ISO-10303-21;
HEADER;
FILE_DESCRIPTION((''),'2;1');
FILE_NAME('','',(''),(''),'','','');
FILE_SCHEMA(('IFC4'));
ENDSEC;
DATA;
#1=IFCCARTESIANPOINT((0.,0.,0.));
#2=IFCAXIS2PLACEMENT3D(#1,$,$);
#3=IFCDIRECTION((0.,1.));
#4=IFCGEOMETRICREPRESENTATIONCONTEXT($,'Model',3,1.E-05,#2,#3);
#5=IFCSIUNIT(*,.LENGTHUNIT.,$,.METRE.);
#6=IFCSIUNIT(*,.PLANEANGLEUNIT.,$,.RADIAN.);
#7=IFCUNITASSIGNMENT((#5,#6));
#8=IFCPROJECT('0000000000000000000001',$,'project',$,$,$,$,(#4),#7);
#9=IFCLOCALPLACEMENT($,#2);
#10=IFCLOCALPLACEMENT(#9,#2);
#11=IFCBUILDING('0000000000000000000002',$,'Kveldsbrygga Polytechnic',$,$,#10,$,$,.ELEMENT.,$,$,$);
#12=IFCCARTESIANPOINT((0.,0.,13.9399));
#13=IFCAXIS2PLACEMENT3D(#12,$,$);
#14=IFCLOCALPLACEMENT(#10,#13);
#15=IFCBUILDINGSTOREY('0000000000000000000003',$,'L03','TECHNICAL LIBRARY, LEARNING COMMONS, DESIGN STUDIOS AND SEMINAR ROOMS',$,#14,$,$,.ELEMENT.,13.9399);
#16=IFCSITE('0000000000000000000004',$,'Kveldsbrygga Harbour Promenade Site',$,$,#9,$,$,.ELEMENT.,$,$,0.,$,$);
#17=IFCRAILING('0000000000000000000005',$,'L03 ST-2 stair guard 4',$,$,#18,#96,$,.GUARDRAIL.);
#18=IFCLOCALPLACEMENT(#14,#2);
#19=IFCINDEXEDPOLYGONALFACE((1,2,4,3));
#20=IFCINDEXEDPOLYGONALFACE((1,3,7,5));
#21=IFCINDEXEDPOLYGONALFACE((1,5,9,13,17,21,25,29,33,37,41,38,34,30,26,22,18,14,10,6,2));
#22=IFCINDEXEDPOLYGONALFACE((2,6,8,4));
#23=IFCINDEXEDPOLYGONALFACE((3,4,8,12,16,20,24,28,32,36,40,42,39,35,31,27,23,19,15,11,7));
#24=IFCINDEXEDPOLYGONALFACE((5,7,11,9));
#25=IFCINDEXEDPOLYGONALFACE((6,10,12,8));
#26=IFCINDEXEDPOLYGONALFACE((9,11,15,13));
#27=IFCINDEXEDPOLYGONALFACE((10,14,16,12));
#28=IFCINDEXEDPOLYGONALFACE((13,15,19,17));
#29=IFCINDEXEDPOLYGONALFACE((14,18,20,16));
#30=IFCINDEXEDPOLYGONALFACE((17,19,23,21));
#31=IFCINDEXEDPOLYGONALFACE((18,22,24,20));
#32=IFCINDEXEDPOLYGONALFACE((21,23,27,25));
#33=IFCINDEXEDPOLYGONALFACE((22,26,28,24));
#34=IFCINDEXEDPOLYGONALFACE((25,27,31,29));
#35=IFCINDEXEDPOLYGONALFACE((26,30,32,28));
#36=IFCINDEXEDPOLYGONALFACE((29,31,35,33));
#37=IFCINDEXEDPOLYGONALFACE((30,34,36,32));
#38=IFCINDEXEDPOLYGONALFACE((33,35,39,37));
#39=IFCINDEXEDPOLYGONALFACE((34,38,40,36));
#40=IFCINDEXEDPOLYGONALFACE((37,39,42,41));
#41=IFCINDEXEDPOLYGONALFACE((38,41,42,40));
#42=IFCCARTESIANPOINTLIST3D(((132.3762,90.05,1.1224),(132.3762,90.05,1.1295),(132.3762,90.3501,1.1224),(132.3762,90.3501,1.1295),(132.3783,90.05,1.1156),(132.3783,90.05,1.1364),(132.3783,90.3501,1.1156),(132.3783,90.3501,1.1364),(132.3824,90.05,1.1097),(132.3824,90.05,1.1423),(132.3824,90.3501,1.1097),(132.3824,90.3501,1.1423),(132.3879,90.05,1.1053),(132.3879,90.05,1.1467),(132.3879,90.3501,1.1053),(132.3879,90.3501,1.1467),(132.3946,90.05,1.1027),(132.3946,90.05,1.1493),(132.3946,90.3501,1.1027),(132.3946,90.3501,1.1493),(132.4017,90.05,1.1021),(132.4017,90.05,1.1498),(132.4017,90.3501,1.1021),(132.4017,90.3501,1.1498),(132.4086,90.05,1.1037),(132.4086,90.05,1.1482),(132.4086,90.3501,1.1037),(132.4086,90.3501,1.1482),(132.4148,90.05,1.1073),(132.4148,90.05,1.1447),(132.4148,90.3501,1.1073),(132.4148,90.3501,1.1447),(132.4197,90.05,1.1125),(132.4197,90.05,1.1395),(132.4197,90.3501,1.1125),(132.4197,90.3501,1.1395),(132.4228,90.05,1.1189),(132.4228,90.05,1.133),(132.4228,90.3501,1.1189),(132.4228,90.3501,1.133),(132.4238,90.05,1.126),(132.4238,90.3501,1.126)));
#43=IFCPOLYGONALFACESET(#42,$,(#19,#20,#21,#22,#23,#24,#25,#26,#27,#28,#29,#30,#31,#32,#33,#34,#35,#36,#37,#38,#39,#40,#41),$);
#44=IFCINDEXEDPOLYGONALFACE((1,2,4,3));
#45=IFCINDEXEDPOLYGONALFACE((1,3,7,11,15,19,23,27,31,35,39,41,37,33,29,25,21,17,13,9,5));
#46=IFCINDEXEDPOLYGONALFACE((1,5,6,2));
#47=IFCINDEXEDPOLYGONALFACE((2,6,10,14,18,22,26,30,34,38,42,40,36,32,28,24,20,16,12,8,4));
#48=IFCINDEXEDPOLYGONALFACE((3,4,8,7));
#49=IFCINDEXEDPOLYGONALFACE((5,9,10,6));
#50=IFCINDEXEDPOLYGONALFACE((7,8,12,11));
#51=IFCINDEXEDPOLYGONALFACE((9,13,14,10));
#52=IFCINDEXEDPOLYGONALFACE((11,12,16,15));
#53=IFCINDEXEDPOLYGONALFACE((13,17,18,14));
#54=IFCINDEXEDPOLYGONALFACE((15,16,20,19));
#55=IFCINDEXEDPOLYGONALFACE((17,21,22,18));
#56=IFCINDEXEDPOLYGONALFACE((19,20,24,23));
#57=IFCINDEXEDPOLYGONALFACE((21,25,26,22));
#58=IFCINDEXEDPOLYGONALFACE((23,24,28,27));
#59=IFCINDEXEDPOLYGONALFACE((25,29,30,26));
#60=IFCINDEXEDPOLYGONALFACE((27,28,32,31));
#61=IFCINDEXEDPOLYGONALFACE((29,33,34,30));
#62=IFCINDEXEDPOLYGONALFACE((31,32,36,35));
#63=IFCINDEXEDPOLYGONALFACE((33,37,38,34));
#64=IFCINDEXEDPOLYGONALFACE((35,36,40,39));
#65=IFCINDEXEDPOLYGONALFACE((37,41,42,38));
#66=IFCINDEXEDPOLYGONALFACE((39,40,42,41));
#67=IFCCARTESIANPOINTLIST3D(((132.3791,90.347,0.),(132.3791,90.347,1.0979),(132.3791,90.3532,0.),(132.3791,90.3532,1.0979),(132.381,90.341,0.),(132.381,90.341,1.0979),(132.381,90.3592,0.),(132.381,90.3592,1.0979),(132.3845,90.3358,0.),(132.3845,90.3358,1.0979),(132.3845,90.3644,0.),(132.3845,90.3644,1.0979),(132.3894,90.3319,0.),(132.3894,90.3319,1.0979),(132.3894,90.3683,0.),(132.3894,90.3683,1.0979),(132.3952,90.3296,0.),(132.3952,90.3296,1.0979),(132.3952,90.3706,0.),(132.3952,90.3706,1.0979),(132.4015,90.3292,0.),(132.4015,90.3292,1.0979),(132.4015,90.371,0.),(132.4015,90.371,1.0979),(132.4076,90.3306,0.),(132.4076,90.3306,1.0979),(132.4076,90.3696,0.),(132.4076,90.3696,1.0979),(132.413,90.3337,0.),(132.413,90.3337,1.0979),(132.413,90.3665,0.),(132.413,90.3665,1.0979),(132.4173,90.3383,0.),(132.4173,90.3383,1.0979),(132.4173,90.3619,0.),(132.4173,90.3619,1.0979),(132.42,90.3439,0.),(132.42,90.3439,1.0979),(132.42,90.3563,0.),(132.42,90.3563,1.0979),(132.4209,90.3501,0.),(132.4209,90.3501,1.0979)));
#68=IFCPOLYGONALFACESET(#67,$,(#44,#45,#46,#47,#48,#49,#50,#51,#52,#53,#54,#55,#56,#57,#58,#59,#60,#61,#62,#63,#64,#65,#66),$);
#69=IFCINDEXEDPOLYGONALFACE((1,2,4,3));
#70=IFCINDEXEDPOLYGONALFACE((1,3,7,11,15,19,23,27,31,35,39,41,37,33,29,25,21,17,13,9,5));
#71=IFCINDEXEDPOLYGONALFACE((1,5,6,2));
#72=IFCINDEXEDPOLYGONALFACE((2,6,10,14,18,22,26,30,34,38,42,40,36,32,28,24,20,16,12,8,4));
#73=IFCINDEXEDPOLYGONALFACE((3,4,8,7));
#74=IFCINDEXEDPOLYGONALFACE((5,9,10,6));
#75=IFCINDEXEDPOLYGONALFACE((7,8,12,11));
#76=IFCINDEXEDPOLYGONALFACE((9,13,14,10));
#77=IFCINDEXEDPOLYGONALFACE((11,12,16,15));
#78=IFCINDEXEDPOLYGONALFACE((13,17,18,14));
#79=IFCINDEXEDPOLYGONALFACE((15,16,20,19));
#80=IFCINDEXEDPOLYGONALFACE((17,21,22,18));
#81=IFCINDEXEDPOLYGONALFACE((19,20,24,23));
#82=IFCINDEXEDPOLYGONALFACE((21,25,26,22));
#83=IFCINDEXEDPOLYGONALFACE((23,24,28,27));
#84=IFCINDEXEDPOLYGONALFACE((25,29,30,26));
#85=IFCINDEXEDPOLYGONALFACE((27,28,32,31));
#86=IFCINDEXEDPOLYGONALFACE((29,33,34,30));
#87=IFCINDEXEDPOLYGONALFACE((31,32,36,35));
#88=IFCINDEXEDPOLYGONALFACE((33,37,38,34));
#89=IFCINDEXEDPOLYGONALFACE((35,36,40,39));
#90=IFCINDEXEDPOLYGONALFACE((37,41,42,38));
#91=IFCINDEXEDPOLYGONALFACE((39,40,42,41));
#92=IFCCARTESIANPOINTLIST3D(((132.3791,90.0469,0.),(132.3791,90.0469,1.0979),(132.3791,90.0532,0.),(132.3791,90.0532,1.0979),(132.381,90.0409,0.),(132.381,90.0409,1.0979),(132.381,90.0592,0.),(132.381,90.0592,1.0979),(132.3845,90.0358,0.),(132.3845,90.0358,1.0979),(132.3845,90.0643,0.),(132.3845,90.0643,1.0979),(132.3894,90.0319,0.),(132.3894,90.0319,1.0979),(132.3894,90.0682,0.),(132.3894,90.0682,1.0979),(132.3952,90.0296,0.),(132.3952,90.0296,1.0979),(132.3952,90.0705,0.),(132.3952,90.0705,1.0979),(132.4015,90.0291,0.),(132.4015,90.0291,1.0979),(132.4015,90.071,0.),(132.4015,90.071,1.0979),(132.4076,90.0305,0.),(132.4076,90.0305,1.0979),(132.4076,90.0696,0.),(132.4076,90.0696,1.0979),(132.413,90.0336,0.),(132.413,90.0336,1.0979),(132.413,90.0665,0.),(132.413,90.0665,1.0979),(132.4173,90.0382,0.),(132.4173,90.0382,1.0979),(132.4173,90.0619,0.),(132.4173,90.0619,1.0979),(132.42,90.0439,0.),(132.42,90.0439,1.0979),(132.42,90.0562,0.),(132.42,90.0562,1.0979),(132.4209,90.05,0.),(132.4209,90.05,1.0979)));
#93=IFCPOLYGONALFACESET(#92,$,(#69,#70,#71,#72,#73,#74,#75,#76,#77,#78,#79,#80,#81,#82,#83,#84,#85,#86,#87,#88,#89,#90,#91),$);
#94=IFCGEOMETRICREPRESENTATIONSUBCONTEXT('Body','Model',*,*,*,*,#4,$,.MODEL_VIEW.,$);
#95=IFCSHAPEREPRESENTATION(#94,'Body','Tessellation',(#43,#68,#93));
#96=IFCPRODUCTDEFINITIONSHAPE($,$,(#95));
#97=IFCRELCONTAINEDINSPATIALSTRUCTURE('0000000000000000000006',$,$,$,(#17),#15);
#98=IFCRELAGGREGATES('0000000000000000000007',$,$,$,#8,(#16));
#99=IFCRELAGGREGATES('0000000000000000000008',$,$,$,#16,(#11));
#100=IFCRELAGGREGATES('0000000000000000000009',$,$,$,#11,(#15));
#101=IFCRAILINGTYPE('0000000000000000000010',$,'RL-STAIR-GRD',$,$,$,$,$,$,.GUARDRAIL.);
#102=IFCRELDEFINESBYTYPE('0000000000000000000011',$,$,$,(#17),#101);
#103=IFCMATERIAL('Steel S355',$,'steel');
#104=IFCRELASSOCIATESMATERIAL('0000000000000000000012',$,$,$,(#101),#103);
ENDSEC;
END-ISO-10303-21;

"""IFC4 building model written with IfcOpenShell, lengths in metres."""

from ifc_helpers import new_model, si_unit, direction, frame, origin, origin_2d, place, context, subcontext, project, spatial, circle, extrude, material, type_object, element, save


model = new_model("IFC4")

# Units and contexts
model_context = context("Model", 3, precision=1e-05, world=origin(), true_north=direction((0.0, 1.0)))
body_context = subcontext(model_context, "Body", "Model", "MODEL_VIEW")
ifc_project = project(units=[si_unit("LENGTHUNIT", "METRE"), si_unit("PLANEANGLEUNIT", "RADIAN")], contexts=[model_context])

# Site, building, storey
site_placement = place(None, origin())
site = spatial("IfcSite", under=ifc_project, at=site_placement, Name="Kveldsbrygga Harbour Promenade Site", CompositionType="ELEMENT", RefElevation=0.0)
building_placement = place(site_placement, origin())
building = spatial("IfcBuilding", under=site, at=building_placement, Name="Kveldsbrygga Polytechnic", CompositionType="ELEMENT")
storey_placement = place(building_placement, frame((0.0, 0.0, 13.9399)))
storey = spatial("IfcBuildingStorey", under=building, at=storey_placement, Name="L03", Description="TECHNICAL LIBRARY, LEARNING COMMONS, DESIGN STUDIOS AND SEMINAR ROOMS", CompositionType="ELEMENT", Elevation=13.9399)

# Railing
ifc_material_1 = material(Name="Steel S355", Category="steel")
railing_type_1 = type_object("IfcRailingType", Name="RL-STAIR-GRD", PredefinedType="GUARDRAIL", material=ifc_material_1)
railing_1_placement = place(storey_placement, frame((132.3999, 90.3501, 0.0)))
element("IfcRailing", 1, at=railing_1_placement, inside=storey, type_object=railing_type_1, Name="L03 ST-2 stair guard 4", PredefinedType="GUARDRAIL", context=body_context, shape_type="SweptSolid", body=[
    extrude(circle(Radius=0.0239, at=origin_2d()), frame((0.0, 0.0, 1.126), z_axis=(0.0, -1.0, 0.0), x_axis=(1.0, 0.0, 0.0)), (0.0, 0.0, 1.0), 0.3),
    extrude(circle(Radius=0.021, at=origin_2d()), origin(), (0.0, 0.0, 1.0), 1.0979),
    extrude(circle(Radius=0.021, at=origin_2d()), frame((0.0, -0.3, 0.0)), (0.0, 0.0, 1.0), 1.0979),
])

save(model, "model.ifc")
